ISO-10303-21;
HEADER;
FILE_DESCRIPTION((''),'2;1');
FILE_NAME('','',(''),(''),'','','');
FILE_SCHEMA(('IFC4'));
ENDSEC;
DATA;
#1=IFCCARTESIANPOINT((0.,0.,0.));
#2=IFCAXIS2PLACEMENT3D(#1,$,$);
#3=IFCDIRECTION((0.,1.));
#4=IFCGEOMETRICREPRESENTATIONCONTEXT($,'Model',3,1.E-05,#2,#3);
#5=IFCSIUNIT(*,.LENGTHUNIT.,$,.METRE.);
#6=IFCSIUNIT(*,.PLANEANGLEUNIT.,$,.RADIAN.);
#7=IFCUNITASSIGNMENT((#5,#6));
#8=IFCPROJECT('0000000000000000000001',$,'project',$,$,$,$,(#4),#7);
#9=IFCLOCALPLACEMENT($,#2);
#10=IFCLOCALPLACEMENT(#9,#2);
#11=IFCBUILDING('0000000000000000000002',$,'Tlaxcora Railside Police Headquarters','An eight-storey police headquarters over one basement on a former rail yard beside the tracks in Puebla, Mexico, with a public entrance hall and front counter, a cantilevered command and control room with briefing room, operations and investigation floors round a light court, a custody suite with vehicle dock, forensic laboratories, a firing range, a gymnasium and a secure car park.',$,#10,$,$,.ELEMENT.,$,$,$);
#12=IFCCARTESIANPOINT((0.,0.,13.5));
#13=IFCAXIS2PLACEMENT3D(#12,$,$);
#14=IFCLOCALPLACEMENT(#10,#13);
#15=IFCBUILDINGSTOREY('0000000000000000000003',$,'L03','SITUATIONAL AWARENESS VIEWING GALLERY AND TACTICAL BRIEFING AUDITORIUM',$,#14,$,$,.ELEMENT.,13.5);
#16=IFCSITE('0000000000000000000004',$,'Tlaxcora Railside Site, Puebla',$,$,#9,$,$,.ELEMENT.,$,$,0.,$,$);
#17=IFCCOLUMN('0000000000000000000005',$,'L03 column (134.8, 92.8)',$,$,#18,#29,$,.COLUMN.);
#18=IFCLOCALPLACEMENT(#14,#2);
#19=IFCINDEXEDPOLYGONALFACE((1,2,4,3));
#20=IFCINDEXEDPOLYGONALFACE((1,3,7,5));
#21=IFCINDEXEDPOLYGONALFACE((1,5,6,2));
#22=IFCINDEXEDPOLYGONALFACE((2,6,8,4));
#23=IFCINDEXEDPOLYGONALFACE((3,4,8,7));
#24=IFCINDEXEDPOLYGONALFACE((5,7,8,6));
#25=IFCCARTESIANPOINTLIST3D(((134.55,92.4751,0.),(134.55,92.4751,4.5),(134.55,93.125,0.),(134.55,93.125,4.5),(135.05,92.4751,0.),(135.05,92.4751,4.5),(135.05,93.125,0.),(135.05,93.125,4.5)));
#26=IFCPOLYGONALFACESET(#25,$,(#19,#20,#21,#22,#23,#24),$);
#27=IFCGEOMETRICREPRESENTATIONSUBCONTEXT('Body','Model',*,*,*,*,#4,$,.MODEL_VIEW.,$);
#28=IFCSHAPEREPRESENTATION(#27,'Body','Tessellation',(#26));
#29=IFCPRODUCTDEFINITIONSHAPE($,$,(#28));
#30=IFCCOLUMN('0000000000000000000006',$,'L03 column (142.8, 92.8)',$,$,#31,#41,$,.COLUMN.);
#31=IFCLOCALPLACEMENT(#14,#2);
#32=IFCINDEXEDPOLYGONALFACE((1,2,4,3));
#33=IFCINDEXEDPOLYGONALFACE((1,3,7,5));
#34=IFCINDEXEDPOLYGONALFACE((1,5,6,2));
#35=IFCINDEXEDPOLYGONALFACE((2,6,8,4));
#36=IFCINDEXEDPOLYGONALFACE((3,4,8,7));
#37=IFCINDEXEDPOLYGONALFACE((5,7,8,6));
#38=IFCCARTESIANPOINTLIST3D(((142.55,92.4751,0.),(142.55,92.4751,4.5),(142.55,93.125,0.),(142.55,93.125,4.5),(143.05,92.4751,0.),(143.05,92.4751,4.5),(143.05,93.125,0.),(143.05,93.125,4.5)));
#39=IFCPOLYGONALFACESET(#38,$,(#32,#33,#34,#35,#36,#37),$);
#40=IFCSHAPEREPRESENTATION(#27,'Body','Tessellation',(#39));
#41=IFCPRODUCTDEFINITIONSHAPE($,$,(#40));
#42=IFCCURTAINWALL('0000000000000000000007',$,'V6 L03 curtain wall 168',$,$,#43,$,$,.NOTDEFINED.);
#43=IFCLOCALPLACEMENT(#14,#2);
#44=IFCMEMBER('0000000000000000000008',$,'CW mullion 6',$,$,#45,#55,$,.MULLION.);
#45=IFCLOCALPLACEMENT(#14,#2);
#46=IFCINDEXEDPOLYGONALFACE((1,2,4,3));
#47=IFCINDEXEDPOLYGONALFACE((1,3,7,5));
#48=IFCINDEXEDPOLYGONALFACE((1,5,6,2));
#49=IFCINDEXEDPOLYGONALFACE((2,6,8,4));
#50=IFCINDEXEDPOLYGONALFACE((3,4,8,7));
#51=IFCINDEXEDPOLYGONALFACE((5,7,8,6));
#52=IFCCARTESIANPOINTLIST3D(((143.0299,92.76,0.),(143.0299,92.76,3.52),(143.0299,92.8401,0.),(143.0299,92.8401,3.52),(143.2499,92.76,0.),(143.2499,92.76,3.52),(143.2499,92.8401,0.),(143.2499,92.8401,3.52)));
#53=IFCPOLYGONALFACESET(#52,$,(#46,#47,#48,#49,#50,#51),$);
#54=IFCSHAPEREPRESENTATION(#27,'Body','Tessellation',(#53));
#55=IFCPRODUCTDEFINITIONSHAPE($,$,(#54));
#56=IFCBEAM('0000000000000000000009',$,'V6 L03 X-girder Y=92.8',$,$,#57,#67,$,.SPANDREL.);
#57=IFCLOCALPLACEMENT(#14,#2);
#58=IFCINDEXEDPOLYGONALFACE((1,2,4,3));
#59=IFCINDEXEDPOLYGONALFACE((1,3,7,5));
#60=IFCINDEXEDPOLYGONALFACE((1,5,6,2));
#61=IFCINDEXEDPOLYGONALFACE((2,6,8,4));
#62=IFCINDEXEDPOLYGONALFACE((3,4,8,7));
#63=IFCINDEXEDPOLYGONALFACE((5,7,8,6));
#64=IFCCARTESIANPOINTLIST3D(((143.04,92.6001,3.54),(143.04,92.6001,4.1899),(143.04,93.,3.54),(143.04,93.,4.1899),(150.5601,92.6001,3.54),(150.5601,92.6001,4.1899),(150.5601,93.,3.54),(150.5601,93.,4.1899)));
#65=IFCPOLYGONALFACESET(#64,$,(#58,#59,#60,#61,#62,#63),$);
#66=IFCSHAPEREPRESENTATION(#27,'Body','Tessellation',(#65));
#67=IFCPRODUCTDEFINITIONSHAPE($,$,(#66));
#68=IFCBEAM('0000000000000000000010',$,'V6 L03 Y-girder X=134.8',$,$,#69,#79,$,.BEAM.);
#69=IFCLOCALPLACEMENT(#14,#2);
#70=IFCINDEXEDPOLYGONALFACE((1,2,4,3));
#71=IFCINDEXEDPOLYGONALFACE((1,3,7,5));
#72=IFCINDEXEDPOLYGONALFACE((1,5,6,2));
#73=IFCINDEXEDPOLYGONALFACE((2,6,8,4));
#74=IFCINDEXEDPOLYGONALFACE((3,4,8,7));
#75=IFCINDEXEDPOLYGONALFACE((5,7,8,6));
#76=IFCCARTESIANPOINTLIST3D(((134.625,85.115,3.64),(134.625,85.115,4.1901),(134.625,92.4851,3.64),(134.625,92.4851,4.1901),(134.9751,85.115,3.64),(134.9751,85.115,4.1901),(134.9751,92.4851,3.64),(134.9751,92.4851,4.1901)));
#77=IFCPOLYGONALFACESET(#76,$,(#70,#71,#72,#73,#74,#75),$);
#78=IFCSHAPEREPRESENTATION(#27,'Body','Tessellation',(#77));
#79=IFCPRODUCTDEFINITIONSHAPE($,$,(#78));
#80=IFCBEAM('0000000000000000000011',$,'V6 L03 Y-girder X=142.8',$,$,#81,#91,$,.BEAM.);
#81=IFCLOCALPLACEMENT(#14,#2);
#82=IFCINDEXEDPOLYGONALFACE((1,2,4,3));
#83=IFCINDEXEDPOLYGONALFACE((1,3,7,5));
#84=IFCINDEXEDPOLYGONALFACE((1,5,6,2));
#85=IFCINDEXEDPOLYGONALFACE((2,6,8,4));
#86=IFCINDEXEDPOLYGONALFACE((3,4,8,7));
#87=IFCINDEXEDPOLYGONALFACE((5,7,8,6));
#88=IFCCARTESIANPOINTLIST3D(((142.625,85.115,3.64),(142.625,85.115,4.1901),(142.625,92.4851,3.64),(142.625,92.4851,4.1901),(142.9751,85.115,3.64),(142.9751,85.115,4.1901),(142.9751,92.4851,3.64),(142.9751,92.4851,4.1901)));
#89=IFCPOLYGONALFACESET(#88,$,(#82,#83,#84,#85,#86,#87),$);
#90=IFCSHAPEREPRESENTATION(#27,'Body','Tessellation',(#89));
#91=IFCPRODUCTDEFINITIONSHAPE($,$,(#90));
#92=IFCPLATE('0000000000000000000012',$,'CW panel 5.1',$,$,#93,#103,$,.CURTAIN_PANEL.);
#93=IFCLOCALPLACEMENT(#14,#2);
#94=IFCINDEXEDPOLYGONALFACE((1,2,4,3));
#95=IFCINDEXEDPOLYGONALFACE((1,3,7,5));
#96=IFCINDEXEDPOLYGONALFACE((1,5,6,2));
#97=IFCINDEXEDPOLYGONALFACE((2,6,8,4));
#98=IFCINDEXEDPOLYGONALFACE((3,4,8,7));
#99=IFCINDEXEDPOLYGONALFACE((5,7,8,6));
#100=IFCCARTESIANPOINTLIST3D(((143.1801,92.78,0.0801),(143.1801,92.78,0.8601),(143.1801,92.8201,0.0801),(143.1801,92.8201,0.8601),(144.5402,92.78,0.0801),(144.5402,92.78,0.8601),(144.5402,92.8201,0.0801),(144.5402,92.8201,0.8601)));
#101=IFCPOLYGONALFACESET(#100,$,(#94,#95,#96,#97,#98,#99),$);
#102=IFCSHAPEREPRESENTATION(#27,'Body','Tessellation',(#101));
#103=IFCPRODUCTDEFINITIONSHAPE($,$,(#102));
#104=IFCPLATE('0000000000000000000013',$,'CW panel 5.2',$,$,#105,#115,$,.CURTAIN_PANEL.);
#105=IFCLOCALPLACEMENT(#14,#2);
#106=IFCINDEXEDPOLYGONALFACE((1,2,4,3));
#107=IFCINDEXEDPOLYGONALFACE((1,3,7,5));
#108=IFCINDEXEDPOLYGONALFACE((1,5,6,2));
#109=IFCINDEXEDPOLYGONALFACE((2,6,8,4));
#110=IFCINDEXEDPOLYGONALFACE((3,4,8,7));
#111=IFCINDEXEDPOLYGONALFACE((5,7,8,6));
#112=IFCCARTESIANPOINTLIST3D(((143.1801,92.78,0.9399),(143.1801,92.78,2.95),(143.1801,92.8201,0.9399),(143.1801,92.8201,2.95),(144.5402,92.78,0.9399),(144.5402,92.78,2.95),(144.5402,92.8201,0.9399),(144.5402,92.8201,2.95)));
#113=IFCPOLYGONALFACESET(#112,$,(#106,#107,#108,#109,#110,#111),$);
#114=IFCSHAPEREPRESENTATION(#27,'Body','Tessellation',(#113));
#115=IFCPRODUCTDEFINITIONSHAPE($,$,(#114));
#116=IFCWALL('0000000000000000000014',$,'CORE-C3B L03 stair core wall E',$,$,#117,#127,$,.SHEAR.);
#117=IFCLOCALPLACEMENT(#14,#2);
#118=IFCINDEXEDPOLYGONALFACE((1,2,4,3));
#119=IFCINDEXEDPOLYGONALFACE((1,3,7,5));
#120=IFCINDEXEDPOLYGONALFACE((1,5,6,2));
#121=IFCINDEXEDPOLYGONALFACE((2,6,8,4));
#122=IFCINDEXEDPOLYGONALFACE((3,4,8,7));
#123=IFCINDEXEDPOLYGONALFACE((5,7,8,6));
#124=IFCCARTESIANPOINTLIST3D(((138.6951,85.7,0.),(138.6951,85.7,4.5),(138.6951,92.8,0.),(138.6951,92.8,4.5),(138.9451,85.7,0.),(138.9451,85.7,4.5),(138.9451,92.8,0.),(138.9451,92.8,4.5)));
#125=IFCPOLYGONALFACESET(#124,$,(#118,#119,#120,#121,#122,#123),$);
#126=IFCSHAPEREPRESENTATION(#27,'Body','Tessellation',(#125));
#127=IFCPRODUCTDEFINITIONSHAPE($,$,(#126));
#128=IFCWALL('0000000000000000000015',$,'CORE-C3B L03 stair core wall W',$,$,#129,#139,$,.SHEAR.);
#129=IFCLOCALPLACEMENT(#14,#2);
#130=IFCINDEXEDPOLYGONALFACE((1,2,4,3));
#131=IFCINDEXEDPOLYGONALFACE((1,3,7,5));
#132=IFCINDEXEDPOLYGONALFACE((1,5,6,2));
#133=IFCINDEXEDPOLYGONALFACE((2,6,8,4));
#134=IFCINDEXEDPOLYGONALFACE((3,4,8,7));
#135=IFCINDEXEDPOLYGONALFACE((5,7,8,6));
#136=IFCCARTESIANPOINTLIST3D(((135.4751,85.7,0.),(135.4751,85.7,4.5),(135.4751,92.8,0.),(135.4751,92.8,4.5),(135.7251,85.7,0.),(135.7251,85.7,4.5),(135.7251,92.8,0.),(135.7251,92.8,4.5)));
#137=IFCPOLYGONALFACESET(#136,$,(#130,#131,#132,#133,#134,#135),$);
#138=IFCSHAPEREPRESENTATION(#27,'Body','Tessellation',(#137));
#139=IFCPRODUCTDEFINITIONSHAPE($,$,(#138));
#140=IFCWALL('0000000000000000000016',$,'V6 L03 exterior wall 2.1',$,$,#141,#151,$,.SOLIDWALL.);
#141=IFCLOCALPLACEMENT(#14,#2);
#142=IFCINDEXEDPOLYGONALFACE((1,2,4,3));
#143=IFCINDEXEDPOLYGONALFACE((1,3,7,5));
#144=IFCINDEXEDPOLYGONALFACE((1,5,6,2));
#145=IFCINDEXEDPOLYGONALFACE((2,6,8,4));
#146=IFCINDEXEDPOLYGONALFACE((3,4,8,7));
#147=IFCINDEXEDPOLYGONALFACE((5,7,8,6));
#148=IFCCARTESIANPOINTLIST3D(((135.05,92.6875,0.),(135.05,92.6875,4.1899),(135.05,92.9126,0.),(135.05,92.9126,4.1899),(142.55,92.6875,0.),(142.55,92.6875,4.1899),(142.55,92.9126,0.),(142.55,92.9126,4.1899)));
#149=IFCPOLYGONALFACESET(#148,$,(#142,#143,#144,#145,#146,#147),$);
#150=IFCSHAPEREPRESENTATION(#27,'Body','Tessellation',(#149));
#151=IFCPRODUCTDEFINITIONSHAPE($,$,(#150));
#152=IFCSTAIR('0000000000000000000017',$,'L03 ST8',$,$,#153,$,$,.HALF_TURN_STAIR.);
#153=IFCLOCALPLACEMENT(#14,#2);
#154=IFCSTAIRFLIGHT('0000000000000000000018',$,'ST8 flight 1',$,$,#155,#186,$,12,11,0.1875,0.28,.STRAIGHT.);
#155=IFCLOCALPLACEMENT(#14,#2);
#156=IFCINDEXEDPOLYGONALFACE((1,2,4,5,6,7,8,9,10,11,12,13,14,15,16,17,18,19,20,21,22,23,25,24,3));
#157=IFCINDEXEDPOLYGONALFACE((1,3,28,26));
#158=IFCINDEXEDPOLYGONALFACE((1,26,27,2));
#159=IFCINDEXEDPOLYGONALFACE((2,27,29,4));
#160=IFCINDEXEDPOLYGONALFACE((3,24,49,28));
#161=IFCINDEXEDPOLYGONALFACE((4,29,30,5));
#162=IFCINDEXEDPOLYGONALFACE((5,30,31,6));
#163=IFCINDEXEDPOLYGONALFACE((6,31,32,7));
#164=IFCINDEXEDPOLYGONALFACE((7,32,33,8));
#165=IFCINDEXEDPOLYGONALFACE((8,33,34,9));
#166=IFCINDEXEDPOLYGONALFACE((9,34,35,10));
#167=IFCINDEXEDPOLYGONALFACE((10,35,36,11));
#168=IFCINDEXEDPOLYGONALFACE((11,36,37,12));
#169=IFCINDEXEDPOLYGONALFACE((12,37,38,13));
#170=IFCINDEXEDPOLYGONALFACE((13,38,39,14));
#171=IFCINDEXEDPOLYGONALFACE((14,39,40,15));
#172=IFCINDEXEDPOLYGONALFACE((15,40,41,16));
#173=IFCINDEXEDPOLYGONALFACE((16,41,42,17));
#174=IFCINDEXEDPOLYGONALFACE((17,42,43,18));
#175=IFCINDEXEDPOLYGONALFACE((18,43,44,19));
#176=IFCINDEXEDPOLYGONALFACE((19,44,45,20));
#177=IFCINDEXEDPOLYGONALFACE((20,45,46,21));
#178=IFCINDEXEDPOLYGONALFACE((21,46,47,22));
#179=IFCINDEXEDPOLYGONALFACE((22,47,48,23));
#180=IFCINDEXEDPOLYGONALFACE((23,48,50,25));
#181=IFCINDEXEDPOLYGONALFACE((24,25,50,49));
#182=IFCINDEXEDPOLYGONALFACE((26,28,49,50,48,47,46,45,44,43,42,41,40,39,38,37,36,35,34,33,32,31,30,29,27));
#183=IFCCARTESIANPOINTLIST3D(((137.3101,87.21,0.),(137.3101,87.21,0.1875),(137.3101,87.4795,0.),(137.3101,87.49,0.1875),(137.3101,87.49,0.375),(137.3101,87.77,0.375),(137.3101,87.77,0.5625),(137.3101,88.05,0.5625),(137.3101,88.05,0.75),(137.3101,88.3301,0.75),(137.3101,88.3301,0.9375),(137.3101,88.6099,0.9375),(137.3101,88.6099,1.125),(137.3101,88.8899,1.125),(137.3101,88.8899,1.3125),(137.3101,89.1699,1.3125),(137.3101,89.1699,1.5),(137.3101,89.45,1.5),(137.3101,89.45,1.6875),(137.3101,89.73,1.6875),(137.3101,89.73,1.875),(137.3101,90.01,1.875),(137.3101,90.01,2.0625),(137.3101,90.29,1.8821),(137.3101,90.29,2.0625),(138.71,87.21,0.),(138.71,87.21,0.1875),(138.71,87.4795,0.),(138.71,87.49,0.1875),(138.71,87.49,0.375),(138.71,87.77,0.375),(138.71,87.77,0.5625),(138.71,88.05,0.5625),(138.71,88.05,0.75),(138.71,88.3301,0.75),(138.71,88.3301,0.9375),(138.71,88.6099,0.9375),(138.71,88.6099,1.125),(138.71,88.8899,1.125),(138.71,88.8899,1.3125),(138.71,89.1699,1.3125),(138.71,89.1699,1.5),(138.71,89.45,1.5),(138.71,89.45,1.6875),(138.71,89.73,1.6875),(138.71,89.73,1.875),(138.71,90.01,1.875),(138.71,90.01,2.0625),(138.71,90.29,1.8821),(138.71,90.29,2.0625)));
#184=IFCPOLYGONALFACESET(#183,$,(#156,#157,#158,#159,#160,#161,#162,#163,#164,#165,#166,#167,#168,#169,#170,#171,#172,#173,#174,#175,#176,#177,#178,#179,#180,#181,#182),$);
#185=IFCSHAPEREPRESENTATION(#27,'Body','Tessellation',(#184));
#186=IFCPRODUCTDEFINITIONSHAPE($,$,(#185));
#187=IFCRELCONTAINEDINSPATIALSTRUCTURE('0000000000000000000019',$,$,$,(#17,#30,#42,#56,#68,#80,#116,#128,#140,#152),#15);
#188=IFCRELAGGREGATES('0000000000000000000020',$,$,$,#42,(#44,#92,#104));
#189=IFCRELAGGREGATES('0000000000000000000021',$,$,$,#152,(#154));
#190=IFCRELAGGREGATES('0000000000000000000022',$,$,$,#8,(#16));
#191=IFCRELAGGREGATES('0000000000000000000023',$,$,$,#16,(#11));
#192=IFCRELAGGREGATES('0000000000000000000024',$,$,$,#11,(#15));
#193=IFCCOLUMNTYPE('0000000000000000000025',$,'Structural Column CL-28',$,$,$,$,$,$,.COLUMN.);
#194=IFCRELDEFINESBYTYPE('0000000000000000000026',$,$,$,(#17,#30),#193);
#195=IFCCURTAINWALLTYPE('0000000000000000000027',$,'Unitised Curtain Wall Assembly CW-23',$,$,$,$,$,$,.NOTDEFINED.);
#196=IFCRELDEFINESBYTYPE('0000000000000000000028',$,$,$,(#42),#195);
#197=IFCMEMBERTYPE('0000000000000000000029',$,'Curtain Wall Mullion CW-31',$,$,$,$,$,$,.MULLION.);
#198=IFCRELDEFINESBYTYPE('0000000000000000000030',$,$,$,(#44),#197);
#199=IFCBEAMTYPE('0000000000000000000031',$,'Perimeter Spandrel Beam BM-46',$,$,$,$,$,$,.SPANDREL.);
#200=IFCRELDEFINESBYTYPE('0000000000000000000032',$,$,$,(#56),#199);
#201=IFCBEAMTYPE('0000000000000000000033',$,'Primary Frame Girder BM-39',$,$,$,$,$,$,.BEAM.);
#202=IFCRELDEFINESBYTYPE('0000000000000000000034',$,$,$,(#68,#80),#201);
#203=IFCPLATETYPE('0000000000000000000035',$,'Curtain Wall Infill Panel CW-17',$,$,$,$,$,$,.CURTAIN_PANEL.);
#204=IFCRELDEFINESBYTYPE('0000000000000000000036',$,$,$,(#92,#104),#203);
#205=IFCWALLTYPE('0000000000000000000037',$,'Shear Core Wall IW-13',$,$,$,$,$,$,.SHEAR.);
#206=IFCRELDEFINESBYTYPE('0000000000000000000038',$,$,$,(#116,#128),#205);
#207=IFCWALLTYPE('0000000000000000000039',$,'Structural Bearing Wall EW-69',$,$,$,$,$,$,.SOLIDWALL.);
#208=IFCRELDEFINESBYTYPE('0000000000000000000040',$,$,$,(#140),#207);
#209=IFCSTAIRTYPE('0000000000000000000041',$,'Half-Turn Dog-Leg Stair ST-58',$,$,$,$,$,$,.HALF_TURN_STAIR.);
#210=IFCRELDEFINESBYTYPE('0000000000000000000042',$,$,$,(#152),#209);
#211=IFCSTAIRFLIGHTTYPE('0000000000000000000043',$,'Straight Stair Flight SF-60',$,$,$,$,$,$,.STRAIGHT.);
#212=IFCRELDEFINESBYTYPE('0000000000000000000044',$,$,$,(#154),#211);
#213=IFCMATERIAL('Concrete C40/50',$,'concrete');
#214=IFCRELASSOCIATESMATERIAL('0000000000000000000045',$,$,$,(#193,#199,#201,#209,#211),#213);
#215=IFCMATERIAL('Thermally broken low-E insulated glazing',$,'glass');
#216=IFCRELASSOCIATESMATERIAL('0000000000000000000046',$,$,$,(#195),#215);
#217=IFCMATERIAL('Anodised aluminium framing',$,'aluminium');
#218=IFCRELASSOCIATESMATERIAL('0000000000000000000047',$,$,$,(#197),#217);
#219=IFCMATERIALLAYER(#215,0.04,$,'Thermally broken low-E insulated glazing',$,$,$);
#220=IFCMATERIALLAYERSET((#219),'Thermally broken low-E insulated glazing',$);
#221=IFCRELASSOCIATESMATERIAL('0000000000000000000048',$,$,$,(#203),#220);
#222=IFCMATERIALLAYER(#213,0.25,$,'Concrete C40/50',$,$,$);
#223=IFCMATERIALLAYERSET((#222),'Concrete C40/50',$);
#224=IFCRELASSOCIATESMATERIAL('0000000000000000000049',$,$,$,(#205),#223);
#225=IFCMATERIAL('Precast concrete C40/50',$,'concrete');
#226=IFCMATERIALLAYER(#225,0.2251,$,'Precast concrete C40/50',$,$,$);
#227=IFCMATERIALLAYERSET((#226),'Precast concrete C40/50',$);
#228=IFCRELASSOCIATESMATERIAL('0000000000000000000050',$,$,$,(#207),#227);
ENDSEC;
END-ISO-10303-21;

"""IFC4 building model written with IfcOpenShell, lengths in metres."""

from ifc_helpers import new_model, si_unit, direction, frame, frame_2d, origin, origin_2d, place, context, subcontext, project, spatial, polyline, rectangle, outline, extrude, material, layer, layer_set, material_profile, profile_set, type_object, element, aggregate, save


model = new_model("IFC4")

# Units and contexts
model_context = context("Model", 3, precision=1e-05, world=origin(), true_north=direction((0.0, 1.0)))
body_context = subcontext(model_context, "Body", "Model", "MODEL_VIEW")
ifc_project = project(units=[si_unit("LENGTHUNIT", "METRE"), si_unit("PLANEANGLEUNIT", "RADIAN")], contexts=[model_context])

# Site, building, storey
site_placement = place(None, origin())
site = spatial("IfcSite", under=ifc_project, at=site_placement, Name="Tlaxcora Railside Site, Puebla", CompositionType="ELEMENT", RefElevation=0.0)
building_placement = place(site_placement, origin())
building = spatial("IfcBuilding", under=site, at=building_placement, Name="Tlaxcora Railside Police Headquarters", Description="An eight-storey police headquarters over one basement on a former rail yard beside the tracks in Puebla, Mexico, with a public entrance hall and front counter, a cantilevered command and control room with briefing room, operations and investigation floors round a light court, a custody suite with vehicle dock, forensic laboratories, a firing range, a gymnasium and a secure car park.", CompositionType="ELEMENT")
storey_placement = place(building_placement, frame((0.0, 0.0, 13.5)))
storey = spatial("IfcBuildingStorey", under=building, at=storey_placement, Name="L03", Description="SITUATIONAL AWARENESS VIEWING GALLERY AND TACTICAL BRIEFING AUDITORIUM", CompositionType="ELEMENT", Elevation=13.5)

# Columns
ifc_material_1 = material(Name="Concrete C40/50", Category="concrete")
ifc_material_profile_1 = material_profile(ifc_material_1, rectangle(XDim=0.5, YDim=0.6499, at=origin_2d()), Name="RC500X650")
ifc_profile_set_1 = profile_set([ifc_material_profile_1], Name="Concrete C40/50")
column_type = type_object("IfcColumnType", Name="Structural Column CL-28", PredefinedType="COLUMN", material=ifc_profile_set_1)
for number, where, z_axis, x_axis, name in (
    (1, (134.8, 92.8, 0.0), (0.0, 0.0, 1.0), (1.0, 0.0, 0.0), "L03 column (134.8, 92.8)"),
    (2, (142.8, 92.8, 0.0), (0.0, 0.0, 1.0), (1.0, 0.0, 0.0), "L03 column (142.8, 92.8)"),
):
    element("IfcColumn", number, at=place(storey_placement, frame(where, z_axis=z_axis, x_axis=x_axis)), inside=storey, type_object=column_type, Name=name, PredefinedType="COLUMN", context=body_context, shape_type="SweptSolid", body=[
        extrude(rectangle(XDim=0.5, YDim=0.6499, at=origin_2d()), origin(), (0.0, 0.0, 1.0), 4.5),
    ])

# Curtain wall, member
ifc_material_2 = material(Name="Thermally broken low-E insulated glazing", Category="glass")
curtain_wall_type = type_object("IfcCurtainWallType", Name="Unitised Curtain Wall Assembly CW-23", PredefinedType="NOTDEFINED", material=ifc_material_2)
curtain_wall_placement = place(storey_placement, origin())
curtain_wall = element("IfcCurtainWall", 3, at=curtain_wall_placement, inside=storey, type_object=curtain_wall_type, Name="V6 L03 curtain wall 168", PredefinedType="NOTDEFINED")
ifc_material_3 = material(Name="Anodised aluminium framing", Category="aluminium")
ifc_material_profile_2 = material_profile(ifc_material_3, rectangle(XDim=0.0801, YDim=0.22, at=origin_2d()), Name="AL80X220")
ifc_profile_set_2 = profile_set([ifc_material_profile_2], Name="Anodised aluminium framing")
member_type = type_object("IfcMemberType", Name="Curtain Wall Mullion CW-31", PredefinedType="MULLION", material=ifc_profile_set_2)
member_placement = place(storey_placement, frame((143.1399, 92.8, 0.0), z_axis=(0.0, 0.0, 1.0), x_axis=(0.0, -1.0, 0.0)))
member = element("IfcMember", 4, at=member_placement, type_object=member_type, Name="CW mullion 6", PredefinedType="MULLION", context=body_context, shape_type="SweptSolid", body=[
    extrude(rectangle(XDim=0.0801, YDim=0.22, at=origin_2d()), origin(), (0.0, 0.0, 1.0), 3.52),
])

# Beams
ifc_material_profile_3 = material_profile(ifc_material_1, rectangle(XDim=0.3999, YDim=0.6499, at=origin_2d()), Name="RC400X650")
ifc_profile_set_3 = profile_set([ifc_material_profile_3], Name="Concrete C40/50")
beam_type_1 = type_object("IfcBeamType", Name="Perimeter Spandrel Beam BM-46", PredefinedType="SPANDREL", material=ifc_profile_set_3)
beam_placement = place(storey_placement, frame((143.04, 92.8, 3.865), z_axis=(1.0, 0.0, 0.0), x_axis=(0.0, 1.0, 0.0)))
element("IfcBeam", 5, at=beam_placement, inside=storey, type_object=beam_type_1, Name="V6 L03 X-girder Y=92.8", PredefinedType="SPANDREL", context=body_context, shape_type="SweptSolid", body=[
    extrude(rectangle(XDim=0.3999, YDim=0.6499, at=origin_2d()), origin(), (0.0, 0.0, 1.0), 7.52),
])
ifc_material_profile_4 = material_profile(ifc_material_1, rectangle(XDim=0.3501, YDim=0.55, at=origin_2d()), Name="RC350X550")
ifc_profile_set_4 = profile_set([ifc_material_profile_4], Name="Concrete C40/50")
beam_type_2 = type_object("IfcBeamType", Name="Primary Frame Girder BM-39", PredefinedType="BEAM", material=ifc_profile_set_4)
for number, where, z_axis, x_axis, name in (
    (6, (134.8, 85.115, 3.915), (0.0, 1.0, 0.0), (-1.0, 0.0, 0.0), "V6 L03 Y-girder X=134.8"),
    (7, (142.8, 85.115, 3.915), (0.0, 1.0, 0.0), (-1.0, 0.0, 0.0), "V6 L03 Y-girder X=142.8"),
):
    element("IfcBeam", number, at=place(storey_placement, frame(where, z_axis=z_axis, x_axis=x_axis)), inside=storey, type_object=beam_type_2, Name=name, PredefinedType="BEAM", context=body_context, shape_type="SweptSolid", body=[
        extrude(rectangle(XDim=0.3501, YDim=0.55, at=origin_2d()), origin(), (0.0, 0.0, 1.0), 7.3701),
    ])

# Plates
ifc_layer_1 = layer(ifc_material_2, 0.04, Name="Thermally broken low-E insulated glazing")
ifc_layer_set_1 = layer_set([ifc_layer_1], Name="Thermally broken low-E insulated glazing")
plate_type = type_object("IfcPlateType", Name="Curtain Wall Infill Panel CW-17", PredefinedType="CURTAIN_PANEL", material=ifc_layer_set_1)
plate_1_placement = place(storey_placement, frame((143.8601, 92.8, 0.0801), z_axis=(0.0, 0.0, 1.0), x_axis=(-1.0, 0.0, 0.0)))
plate_1 = element("IfcPlate", 8, at=plate_1_placement, type_object=plate_type, Name="CW panel 5.1", PredefinedType="CURTAIN_PANEL", context=body_context, shape_type="SweptSolid", body=[
    extrude(rectangle(XDim=1.3601, YDim=0.04, at=origin_2d()), origin(), (0.0, 0.0, 1.0), 0.78),
])
plate_2_placement = place(storey_placement, frame((143.8601, 92.8, 0.9399), z_axis=(0.0, 0.0, 1.0), x_axis=(-1.0, 0.0, 0.0)))
plate_2 = element("IfcPlate", 9, at=plate_2_placement, type_object=plate_type, Name="CW panel 5.2", PredefinedType="CURTAIN_PANEL", context=body_context, shape_type="SweptSolid", body=[
    extrude(rectangle(XDim=1.3601, YDim=0.04, at=origin_2d()), origin(), (0.0, 0.0, 1.0), 2.01),
])
aggregate(curtain_wall, [member, plate_1, plate_2])

# Shared definitions
ifc_layer_2 = layer(ifc_material_1, 0.25, Name="Concrete C40/50")
ifc_layer_set_2 = layer_set([ifc_layer_2], Name="Concrete C40/50")
wall_type_1 = type_object("IfcWallType", Name="Shear Core Wall IW-13", PredefinedType="SHEAR", material=ifc_layer_set_2)

# Walls
for number, where, z_axis, x_axis, name in (
    (10, (138.8201, 85.7, 0.0), (0.0, 0.0, 1.0), (0.0, 1.0, 0.0), "CORE-C3B L03 stair core wall E"),
    (11, (135.6001, 92.8, 0.0), (0.0, 0.0, 1.0), (0.0, -1.0, 0.0), "CORE-C3B L03 stair core wall W"),
):
    element("IfcWall", number, at=place(storey_placement, frame(where, z_axis=z_axis, x_axis=x_axis)), inside=storey, type_object=wall_type_1, Name=name, PredefinedType="SHEAR", context=body_context, shape_type="SweptSolid", body=[
        extrude(rectangle(XDim=7.1001, YDim=0.25, at=frame_2d((3.55, 0.0))), origin(), (0.0, 0.0, 1.0), 4.5),
    ])
ifc_material_4 = material(Name="Precast concrete C40/50", Category="concrete")
ifc_layer_3 = layer(ifc_material_4, 0.2251, Name="Precast concrete C40/50")
ifc_layer_set_3 = layer_set([ifc_layer_3], Name="Precast concrete C40/50")
wall_type_2 = type_object("IfcWallType", Name="Structural Bearing Wall EW-69", PredefinedType="SOLIDWALL", material=ifc_layer_set_3)
wall_1_placement = place(storey_placement, frame((142.55, 92.8, 0.0), z_axis=(0.0, 0.0, 1.0), x_axis=(-1.0, 0.0, 0.0)))
element("IfcWall", 12, at=wall_1_placement, inside=storey, type_object=wall_type_2, Name="V6 L03 exterior wall 2.1", PredefinedType="SOLIDWALL", context=body_context, shape_type="SweptSolid", body=[
    extrude(rectangle(XDim=7.5, YDim=0.2251, at=frame_2d((3.75, 0.0))), origin(), (0.0, 0.0, 1.0), 4.1899),
])

# Stair, stair flight
stair_type = type_object("IfcStairType", Name="Half-Turn Dog-Leg Stair ST-58", PredefinedType="HALF_TURN_STAIR", material=ifc_material_1)
stair_placement = place(storey_placement, origin())
stair = element("IfcStair", 13, at=stair_placement, inside=storey, type_object=stair_type, Name="L03 ST8", PredefinedType="HALF_TURN_STAIR")
stair_flight_type = type_object("IfcStairFlightType", Name="Straight Stair Flight SF-60", PredefinedType="STRAIGHT", material=ifc_material_1)
stair_flight_1_placement = place(storey_placement, frame((138.01, 87.21, 0.0), z_axis=(0.0, 0.0, 1.0), x_axis=(0.0, 1.0, 0.0)))
stair_flight_1 = element("IfcStairFlight", 14, at=stair_flight_1_placement, type_object=stair_flight_type, Name="ST8 flight 1", NumberOfRisers=12, NumberOfTreads=11, PredefinedType="STRAIGHT", RiserHeight=0.1875, TreadLength=0.28, context=body_context, shape_type="SweptSolid", body=[
    extrude(outline(polyline([(0.0, 0.0), (0.0, 0.1875), (0.28, 0.1875), (0.28, 0.375), (0.5601, 0.375), (0.5601, 0.5625), (0.8401, 0.5625), (0.8401, 0.75), (1.1201, 0.75), (1.1201, 0.9375), (1.3999, 0.9375), (1.3999, 1.125), (1.6799, 1.125), (1.6799, 1.3125), (1.96, 1.3125), (1.96, 1.5), (2.24, 1.5), (2.24, 1.6875), (2.52, 1.6875), (2.52, 1.875), (2.8, 1.875), (2.8, 2.0625), (3.0801, 2.0625), (3.0801, 2.25), (3.0801, 1.8821), (0.2695, 0.0), (0.0, 0.0)])), frame((0.0, 0.7, 0.0), z_axis=(0.0, -1.0, 0.0), x_axis=(1.0, 0.0, 0.0)), (0.0, 0.0, 1.0), 1.3999),
])
aggregate(stair, [stair_flight_1])

save(model, "model.ifc")
